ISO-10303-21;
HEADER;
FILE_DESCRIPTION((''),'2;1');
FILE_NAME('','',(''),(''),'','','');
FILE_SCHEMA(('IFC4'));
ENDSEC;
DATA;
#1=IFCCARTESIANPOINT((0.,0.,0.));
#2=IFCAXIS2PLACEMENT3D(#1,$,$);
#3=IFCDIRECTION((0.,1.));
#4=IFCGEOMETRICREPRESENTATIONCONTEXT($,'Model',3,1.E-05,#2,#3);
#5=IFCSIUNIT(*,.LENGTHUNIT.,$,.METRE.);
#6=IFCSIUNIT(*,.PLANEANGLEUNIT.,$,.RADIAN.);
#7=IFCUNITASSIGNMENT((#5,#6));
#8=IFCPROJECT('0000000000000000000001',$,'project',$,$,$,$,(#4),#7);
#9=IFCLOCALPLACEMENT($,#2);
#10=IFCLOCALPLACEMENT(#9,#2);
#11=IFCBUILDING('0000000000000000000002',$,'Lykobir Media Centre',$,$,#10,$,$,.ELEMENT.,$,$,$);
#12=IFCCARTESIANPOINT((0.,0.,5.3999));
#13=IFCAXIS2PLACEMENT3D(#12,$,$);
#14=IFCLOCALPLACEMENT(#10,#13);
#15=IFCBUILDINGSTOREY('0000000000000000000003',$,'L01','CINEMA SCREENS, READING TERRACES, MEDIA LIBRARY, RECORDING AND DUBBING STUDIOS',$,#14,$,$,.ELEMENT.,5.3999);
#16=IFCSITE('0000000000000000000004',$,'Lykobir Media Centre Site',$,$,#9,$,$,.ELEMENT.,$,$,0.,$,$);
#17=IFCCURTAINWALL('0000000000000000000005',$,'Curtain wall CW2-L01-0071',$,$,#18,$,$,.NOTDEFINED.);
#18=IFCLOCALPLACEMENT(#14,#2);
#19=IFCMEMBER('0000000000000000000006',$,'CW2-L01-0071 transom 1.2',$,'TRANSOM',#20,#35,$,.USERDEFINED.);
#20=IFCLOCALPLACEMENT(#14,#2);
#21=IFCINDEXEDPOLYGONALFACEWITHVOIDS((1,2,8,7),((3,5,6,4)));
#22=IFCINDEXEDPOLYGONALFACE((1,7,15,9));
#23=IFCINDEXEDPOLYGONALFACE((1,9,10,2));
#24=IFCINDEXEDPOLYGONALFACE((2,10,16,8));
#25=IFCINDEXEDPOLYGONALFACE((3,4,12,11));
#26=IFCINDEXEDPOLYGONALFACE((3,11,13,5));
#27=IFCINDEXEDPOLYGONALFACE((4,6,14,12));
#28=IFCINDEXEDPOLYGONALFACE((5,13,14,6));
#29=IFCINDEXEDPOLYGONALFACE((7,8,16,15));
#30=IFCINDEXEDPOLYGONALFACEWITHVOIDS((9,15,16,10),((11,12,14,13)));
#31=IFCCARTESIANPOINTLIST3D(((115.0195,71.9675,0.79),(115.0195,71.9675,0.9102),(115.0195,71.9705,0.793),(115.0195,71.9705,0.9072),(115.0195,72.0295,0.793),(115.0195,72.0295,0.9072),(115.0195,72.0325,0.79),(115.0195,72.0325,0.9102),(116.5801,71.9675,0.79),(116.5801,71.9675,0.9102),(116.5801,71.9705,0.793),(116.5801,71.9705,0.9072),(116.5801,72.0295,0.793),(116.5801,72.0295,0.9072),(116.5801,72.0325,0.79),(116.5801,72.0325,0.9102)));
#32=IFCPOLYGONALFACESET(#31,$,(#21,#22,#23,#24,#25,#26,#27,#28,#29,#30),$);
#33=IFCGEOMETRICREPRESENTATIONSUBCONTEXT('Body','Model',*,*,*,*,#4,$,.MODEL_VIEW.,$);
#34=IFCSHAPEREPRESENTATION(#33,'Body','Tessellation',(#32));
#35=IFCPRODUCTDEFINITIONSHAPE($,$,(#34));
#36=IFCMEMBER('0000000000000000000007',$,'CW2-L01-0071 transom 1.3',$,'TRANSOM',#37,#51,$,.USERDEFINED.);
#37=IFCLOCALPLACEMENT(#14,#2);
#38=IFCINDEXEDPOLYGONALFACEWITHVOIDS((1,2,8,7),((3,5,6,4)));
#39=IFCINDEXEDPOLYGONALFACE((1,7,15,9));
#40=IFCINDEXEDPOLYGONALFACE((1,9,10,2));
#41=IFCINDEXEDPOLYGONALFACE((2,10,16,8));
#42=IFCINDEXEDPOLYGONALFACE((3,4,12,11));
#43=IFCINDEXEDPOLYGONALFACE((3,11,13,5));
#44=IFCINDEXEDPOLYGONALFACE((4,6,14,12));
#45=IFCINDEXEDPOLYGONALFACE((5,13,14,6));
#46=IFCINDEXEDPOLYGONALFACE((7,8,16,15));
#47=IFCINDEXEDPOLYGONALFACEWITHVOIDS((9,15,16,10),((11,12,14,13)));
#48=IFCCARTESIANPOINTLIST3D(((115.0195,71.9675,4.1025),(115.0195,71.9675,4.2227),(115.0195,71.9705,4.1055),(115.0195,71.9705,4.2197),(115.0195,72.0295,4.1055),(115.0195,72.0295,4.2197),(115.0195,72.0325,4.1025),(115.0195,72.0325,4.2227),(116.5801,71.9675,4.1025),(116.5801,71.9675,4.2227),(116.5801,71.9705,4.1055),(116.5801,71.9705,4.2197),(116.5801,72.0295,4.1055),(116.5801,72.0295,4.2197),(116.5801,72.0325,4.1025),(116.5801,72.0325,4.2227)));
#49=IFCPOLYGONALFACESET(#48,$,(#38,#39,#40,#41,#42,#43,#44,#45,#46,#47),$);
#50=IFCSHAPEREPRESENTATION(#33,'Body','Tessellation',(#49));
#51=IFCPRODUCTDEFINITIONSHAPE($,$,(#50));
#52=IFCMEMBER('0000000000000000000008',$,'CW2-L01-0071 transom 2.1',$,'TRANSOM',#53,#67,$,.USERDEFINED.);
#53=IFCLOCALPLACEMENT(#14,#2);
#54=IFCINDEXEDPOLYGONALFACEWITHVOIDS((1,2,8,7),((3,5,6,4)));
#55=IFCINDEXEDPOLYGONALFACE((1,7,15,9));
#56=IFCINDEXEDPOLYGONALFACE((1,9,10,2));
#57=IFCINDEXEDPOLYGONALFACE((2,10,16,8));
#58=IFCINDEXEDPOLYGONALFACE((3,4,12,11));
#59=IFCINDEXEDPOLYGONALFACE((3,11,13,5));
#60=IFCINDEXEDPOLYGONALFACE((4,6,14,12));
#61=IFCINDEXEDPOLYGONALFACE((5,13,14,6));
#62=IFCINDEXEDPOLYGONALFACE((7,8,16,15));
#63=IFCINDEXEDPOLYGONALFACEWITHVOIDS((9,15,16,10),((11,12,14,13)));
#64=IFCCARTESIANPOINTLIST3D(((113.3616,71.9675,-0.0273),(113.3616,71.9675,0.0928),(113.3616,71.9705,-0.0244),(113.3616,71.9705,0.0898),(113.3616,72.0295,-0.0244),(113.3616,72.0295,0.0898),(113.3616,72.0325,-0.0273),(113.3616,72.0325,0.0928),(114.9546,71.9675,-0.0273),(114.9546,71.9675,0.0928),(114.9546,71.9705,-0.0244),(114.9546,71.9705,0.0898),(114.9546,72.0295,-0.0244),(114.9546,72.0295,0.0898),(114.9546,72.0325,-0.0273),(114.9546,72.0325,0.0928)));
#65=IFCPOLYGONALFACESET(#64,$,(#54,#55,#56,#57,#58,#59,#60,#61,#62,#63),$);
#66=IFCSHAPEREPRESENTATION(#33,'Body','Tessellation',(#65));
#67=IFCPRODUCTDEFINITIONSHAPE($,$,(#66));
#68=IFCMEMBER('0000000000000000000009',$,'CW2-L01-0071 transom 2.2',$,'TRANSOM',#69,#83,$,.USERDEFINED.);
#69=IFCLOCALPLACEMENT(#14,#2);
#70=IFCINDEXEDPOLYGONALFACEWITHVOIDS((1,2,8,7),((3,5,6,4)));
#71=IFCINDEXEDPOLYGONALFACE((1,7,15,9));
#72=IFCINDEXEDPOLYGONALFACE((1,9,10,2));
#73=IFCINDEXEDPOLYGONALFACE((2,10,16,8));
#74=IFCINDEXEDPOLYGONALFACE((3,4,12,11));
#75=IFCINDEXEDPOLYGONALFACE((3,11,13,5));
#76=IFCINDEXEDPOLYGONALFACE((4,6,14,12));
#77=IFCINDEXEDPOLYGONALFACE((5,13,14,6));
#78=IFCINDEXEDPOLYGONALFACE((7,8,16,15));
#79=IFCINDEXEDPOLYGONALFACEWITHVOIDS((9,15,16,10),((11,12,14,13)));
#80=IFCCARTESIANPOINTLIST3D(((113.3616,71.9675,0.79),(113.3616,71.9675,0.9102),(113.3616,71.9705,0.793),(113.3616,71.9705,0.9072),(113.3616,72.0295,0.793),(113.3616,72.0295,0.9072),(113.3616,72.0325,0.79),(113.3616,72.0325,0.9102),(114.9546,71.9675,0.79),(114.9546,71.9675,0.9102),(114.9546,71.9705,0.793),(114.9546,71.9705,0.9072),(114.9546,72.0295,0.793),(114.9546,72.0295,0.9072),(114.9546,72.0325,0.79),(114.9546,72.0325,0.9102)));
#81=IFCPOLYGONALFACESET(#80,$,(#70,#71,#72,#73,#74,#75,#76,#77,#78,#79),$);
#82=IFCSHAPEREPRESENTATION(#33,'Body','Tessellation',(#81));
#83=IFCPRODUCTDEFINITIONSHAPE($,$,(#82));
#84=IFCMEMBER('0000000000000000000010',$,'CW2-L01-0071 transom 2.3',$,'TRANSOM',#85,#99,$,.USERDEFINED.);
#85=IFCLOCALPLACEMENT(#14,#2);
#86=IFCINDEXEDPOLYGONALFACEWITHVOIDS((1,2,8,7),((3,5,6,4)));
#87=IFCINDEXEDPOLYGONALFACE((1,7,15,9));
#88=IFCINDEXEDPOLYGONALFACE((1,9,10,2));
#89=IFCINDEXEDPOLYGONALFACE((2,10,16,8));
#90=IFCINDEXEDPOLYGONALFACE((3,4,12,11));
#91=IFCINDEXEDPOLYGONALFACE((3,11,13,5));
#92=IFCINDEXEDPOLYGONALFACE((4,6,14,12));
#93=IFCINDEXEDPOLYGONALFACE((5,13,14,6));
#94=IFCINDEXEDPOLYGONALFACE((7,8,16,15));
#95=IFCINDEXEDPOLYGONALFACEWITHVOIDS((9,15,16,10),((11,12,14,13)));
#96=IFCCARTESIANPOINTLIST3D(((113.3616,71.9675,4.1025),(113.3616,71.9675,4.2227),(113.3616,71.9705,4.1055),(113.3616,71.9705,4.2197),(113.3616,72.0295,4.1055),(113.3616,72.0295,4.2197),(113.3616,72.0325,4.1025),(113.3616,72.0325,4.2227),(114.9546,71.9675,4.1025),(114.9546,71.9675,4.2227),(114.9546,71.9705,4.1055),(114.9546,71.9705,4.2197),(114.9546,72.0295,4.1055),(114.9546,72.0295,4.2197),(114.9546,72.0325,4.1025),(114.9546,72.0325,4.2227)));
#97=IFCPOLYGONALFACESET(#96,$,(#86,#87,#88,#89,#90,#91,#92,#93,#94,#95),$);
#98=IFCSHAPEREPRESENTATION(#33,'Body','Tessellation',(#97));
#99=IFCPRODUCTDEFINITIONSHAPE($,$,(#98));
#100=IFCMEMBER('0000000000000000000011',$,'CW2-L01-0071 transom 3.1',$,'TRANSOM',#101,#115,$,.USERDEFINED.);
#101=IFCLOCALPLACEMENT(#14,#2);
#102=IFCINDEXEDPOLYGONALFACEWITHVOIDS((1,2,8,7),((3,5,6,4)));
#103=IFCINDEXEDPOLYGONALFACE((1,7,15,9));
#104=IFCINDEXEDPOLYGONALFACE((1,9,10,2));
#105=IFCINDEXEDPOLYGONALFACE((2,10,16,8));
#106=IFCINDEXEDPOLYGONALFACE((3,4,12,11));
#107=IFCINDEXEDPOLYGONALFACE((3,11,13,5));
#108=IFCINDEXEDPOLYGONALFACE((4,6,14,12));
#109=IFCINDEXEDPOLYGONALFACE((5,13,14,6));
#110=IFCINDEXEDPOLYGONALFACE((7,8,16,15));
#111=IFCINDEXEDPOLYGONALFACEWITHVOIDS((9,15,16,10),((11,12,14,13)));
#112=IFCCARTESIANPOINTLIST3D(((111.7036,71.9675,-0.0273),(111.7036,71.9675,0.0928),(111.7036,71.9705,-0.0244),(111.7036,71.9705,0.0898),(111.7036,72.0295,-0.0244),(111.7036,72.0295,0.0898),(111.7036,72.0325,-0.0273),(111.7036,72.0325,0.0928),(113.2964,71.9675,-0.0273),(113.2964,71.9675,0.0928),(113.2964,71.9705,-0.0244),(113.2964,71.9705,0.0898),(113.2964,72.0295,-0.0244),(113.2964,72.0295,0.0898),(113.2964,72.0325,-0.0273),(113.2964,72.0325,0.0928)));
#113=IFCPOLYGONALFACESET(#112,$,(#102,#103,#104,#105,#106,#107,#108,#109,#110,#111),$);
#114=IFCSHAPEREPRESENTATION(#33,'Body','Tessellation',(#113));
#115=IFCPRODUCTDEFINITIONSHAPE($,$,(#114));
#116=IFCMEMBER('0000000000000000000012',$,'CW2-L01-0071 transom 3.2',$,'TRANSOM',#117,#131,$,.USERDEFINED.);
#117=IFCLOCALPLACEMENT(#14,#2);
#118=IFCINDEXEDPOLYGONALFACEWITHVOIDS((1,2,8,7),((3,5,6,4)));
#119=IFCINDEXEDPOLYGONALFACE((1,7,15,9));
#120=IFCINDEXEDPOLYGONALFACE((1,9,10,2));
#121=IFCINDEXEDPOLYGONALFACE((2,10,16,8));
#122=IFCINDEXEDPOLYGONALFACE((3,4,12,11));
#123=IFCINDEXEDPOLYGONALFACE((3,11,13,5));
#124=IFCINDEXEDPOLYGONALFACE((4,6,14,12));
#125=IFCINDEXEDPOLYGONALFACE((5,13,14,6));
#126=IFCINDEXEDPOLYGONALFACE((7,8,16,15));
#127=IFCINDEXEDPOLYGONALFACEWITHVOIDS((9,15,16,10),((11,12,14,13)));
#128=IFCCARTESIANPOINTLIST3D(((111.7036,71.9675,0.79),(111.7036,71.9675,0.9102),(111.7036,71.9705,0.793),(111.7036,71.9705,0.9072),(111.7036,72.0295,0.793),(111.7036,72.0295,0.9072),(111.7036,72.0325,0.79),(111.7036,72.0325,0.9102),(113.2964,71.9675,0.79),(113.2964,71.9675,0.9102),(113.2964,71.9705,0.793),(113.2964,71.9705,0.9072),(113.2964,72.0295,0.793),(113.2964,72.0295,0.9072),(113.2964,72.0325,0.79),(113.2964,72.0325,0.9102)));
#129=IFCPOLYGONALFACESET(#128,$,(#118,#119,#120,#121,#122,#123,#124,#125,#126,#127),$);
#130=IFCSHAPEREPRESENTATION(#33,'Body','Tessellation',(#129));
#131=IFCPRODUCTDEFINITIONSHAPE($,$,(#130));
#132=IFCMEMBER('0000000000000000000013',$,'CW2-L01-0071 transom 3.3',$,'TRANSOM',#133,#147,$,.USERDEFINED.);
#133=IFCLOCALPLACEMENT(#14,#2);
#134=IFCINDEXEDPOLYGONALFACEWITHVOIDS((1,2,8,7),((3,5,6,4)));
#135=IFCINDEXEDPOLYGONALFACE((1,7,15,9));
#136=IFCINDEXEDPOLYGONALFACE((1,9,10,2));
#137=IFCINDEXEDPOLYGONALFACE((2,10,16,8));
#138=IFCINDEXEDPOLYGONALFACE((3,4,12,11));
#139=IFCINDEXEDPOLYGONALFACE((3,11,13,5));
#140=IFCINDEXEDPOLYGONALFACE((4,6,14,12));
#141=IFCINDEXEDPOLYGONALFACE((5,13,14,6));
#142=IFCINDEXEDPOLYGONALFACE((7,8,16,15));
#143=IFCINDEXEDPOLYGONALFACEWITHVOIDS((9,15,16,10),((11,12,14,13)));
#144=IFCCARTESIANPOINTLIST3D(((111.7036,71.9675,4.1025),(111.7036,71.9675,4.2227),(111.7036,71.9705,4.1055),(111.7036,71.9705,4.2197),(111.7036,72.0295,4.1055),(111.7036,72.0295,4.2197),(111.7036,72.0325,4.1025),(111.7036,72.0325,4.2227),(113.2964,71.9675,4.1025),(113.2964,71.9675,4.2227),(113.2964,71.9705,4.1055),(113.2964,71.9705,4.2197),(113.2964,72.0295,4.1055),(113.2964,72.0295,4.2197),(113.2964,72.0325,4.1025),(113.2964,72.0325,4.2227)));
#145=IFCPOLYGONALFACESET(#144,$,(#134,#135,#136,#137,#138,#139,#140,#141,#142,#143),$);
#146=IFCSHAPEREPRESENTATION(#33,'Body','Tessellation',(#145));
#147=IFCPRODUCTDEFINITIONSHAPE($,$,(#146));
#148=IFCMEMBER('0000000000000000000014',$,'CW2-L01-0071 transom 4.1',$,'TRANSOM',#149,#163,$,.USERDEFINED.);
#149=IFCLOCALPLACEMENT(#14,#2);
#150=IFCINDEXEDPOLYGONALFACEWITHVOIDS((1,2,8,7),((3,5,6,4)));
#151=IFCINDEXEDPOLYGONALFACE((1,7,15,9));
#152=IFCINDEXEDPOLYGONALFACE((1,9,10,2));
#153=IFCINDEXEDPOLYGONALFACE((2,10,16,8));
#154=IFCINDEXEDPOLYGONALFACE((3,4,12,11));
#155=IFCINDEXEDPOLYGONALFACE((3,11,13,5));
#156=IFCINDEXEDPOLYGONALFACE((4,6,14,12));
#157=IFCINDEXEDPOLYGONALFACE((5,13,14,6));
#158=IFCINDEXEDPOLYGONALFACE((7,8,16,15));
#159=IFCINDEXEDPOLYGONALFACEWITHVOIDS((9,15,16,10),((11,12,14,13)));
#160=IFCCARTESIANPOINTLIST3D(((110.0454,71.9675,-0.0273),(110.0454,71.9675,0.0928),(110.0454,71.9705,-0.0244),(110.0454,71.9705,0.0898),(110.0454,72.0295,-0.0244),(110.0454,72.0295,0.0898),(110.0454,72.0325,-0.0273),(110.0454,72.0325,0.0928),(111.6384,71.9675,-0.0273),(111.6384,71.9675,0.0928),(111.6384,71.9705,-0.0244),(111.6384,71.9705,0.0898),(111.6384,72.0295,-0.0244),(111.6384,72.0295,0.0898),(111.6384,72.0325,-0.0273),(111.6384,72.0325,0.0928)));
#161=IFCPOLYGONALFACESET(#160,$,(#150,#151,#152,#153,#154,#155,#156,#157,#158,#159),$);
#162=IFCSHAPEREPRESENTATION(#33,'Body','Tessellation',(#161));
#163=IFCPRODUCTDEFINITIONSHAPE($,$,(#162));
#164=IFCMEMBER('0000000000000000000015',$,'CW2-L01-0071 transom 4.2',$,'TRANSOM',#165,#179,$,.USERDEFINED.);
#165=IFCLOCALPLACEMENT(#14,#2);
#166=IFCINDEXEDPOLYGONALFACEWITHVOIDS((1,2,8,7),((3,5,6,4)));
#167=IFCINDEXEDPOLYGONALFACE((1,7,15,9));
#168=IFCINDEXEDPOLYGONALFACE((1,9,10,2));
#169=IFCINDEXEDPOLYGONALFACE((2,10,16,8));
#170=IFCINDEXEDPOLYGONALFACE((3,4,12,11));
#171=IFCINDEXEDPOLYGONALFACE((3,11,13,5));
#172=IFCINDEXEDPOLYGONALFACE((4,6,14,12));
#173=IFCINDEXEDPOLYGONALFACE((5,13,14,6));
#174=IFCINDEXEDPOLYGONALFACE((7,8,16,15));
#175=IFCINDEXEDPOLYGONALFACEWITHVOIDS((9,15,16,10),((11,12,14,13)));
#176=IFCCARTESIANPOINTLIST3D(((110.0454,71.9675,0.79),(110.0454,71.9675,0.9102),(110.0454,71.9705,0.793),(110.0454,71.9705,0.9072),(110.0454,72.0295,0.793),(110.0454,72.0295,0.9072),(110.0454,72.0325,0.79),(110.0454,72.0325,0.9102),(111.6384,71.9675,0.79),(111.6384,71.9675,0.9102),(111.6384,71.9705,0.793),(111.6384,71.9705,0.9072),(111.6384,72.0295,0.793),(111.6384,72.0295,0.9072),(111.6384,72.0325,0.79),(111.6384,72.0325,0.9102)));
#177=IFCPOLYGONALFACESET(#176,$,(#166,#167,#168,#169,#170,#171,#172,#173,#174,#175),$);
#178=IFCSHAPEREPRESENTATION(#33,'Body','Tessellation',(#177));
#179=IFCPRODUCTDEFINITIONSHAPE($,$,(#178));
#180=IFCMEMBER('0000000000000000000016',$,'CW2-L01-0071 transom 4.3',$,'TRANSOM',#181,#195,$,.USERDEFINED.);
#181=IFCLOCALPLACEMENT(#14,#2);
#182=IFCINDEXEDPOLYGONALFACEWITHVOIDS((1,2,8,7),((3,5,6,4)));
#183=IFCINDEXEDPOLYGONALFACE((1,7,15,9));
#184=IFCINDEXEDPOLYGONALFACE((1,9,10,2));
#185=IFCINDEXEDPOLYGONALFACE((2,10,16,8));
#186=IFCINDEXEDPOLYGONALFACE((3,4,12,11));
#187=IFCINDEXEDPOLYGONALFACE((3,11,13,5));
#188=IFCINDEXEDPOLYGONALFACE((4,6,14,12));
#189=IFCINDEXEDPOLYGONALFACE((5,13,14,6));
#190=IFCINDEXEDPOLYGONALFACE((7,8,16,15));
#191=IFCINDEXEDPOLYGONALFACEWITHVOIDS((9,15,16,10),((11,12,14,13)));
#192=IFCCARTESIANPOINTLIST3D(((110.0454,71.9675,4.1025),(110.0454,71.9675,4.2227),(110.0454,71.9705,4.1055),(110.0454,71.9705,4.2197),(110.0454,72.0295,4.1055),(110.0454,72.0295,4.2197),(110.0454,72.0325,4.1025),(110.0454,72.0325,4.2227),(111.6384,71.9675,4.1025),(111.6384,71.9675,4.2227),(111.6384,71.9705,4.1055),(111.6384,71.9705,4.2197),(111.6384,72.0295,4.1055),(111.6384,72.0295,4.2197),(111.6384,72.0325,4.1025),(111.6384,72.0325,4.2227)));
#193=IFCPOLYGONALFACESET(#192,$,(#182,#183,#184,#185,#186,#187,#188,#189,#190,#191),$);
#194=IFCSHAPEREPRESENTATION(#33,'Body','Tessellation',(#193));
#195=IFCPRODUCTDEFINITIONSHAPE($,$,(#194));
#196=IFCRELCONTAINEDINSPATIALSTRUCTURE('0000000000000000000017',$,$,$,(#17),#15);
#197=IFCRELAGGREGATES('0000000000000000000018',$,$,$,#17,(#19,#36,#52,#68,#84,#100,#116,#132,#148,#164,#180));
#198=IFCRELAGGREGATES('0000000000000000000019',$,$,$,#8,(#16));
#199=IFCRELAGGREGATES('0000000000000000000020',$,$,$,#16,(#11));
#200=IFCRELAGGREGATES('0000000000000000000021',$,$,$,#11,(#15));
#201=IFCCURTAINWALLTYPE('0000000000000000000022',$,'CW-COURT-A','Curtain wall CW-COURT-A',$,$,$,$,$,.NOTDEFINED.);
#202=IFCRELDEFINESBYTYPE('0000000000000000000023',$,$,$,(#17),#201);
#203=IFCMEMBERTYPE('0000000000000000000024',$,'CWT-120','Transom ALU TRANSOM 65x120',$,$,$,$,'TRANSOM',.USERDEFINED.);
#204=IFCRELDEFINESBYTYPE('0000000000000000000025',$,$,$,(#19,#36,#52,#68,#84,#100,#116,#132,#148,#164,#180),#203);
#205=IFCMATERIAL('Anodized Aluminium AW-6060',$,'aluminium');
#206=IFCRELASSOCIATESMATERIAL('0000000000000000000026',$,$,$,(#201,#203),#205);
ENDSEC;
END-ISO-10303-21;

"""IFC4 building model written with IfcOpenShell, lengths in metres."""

from ifc_helpers import new_model, si_unit, direction, frame, origin, origin_2d, place, context, subcontext, project, spatial, hollow_rectangle, extrude, material, material_profile, profile_set, type_object, element, aggregate, save


model = new_model("IFC4")

# Units and contexts
model_context = context("Model", 3, precision=1e-05, world=origin(), true_north=direction((0.0, 1.0)))
body_context = subcontext(model_context, "Body", "Model", "MODEL_VIEW")
ifc_project = project(units=[si_unit("LENGTHUNIT", "METRE"), si_unit("PLANEANGLEUNIT", "RADIAN")], contexts=[model_context])

# Site, building, storey
site_placement = place(None, origin())
site = spatial("IfcSite", under=ifc_project, at=site_placement, Name="Lykobir Media Centre Site", CompositionType="ELEMENT", RefElevation=0.0)
building_placement = place(site_placement, origin())
building = spatial("IfcBuilding", under=site, at=building_placement, Name="Lykobir Media Centre", CompositionType="ELEMENT")
storey_placement = place(building_placement, frame((0.0, 0.0, 5.3999)))
storey = spatial("IfcBuildingStorey", under=building, at=storey_placement, Name="L01", Description="CINEMA SCREENS, READING TERRACES, MEDIA LIBRARY, RECORDING AND DUBBING STUDIOS", CompositionType="ELEMENT", Elevation=5.3999)

# Curtain wall
ifc_material_1 = material(Name="Anodized Aluminium AW-6060", Category="aluminium")
curtain_wall_type = type_object("IfcCurtainWallType", Name="CW-COURT-A", Description="Curtain wall CW-COURT-A", PredefinedType="NOTDEFINED", material=ifc_material_1)
curtain_wall_1_placement = place(storey_placement, origin())
curtain_wall_1 = element("IfcCurtainWall", 1, at=curtain_wall_1_placement, inside=storey, type_object=curtain_wall_type, Name="Curtain wall CW2-L01-0071", PredefinedType="NOTDEFINED")

# Members
ifc_material_profile_1 = material_profile(ifc_material_1, hollow_rectangle(XDim=0.0649, YDim=0.1201, WallThickness=0.0029, at=origin_2d()), Name="ALU TRANSOM 65x120")
ifc_profile_set_1 = profile_set([ifc_material_profile_1], Name="Anodized Aluminium AW-6060")
member_type_1 = type_object("IfcMemberType", Name="CWT-120", Description="Transom ALU TRANSOM 65x120", ElementType="TRANSOM", PredefinedType="USERDEFINED", material=ifc_profile_set_1)
member_1_placement = place(storey_placement, frame((116.5801, 72.0, 0.8501), z_axis=(-1.0, 0.0, 0.0), x_axis=(0.0, -1.0, 0.0)))
member_1 = element("IfcMember", 2, at=member_1_placement, type_object=member_type_1, Name="CW2-L01-0071 transom 1.2", ObjectType="TRANSOM", PredefinedType="USERDEFINED", context=body_context, shape_type="SweptSolid", body=[
    extrude(hollow_rectangle(XDim=0.0649, YDim=0.1201, WallThickness=0.0029, at=origin_2d()), origin(), (0.0, 0.0, 1.0), 1.5605),
])
member_2_placement = place(storey_placement, frame((116.5801, 72.0, 4.1626), z_axis=(-1.0, 0.0, 0.0), x_axis=(0.0, -1.0, 0.0)))
member_2 = element("IfcMember", 3, at=member_2_placement, type_object=member_type_1, Name="CW2-L01-0071 transom 1.3", ObjectType="TRANSOM", PredefinedType="USERDEFINED", context=body_context, shape_type="SweptSolid", body=[
    extrude(hollow_rectangle(XDim=0.0649, YDim=0.1201, WallThickness=0.0029, at=origin_2d()), origin(), (0.0, 0.0, 1.0), 1.5605),
])
member_3_placement = place(storey_placement, frame((114.9546, 72.0, 0.0327), z_axis=(-1.0, 0.0, 0.0), x_axis=(0.0, -1.0, 0.0)))
member_3 = element("IfcMember", 4, at=member_3_placement, type_object=member_type_1, Name="CW2-L01-0071 transom 2.1", ObjectType="TRANSOM", PredefinedType="USERDEFINED", context=body_context, shape_type="SweptSolid", body=[
    extrude(hollow_rectangle(XDim=0.0649, YDim=0.1201, WallThickness=0.0029, at=origin_2d()), origin(), (0.0, 0.0, 1.0), 1.593),
])
member_4_placement = place(storey_placement, frame((114.9546, 72.0, 0.8501), z_axis=(-1.0, 0.0, 0.0), x_axis=(0.0, -1.0, 0.0)))
member_4 = element("IfcMember", 5, at=member_4_placement, type_object=member_type_1, Name="CW2-L01-0071 transom 2.2", ObjectType="TRANSOM", PredefinedType="USERDEFINED", context=body_context, shape_type="SweptSolid", body=[
    extrude(hollow_rectangle(XDim=0.0649, YDim=0.1201, WallThickness=0.0029, at=origin_2d()), origin(), (0.0, 0.0, 1.0), 1.593),
])
member_5_placement = place(storey_placement, frame((114.9546, 72.0, 4.1626), z_axis=(-1.0, 0.0, 0.0), x_axis=(0.0, -1.0, 0.0)))
member_5 = element("IfcMember", 6, at=member_5_placement, type_object=member_type_1, Name="CW2-L01-0071 transom 2.3", ObjectType="TRANSOM", PredefinedType="USERDEFINED", context=body_context, shape_type="SweptSolid", body=[
    extrude(hollow_rectangle(XDim=0.0649, YDim=0.1201, WallThickness=0.0029, at=origin_2d()), origin(), (0.0, 0.0, 1.0), 1.593),
])
member_6_placement = place(storey_placement, frame((113.2964, 72.0, 0.0327), z_axis=(-1.0, 0.0, 0.0), x_axis=(0.0, -1.0, 0.0)))
member_6 = element("IfcMember", 7, at=member_6_placement, type_object=member_type_1, Name="CW2-L01-0071 transom 3.1", ObjectType="TRANSOM", PredefinedType="USERDEFINED", context=body_context, shape_type="SweptSolid", body=[
    extrude(hollow_rectangle(XDim=0.0649, YDim=0.1201, WallThickness=0.0029, at=origin_2d()), origin(), (0.0, 0.0, 1.0), 1.5928),
])
member_7_placement = place(storey_placement, frame((113.2964, 72.0, 0.8501), z_axis=(-1.0, 0.0, 0.0), x_axis=(0.0, -1.0, 0.0)))
member_7 = element("IfcMember", 8, at=member_7_placement, type_object=member_type_1, Name="CW2-L01-0071 transom 3.2", ObjectType="TRANSOM", PredefinedType="USERDEFINED", context=body_context, shape_type="SweptSolid", body=[
    extrude(hollow_rectangle(XDim=0.0649, YDim=0.1201, WallThickness=0.0029, at=origin_2d()), origin(), (0.0, 0.0, 1.0), 1.5928),
])
member_8_placement = place(storey_placement, frame((113.2964, 72.0, 4.1626), z_axis=(-1.0, 0.0, 0.0), x_axis=(0.0, -1.0, 0.0)))
member_8 = element("IfcMember", 9, at=member_8_placement, type_object=member_type_1, Name="CW2-L01-0071 transom 3.3", ObjectType="TRANSOM", PredefinedType="USERDEFINED", context=body_context, shape_type="SweptSolid", body=[
    extrude(hollow_rectangle(XDim=0.0649, YDim=0.1201, WallThickness=0.0029, at=origin_2d()), origin(), (0.0, 0.0, 1.0), 1.5928),
])
member_9_placement = place(storey_placement, frame((111.6384, 72.0, 0.0327), z_axis=(-1.0, 0.0, 0.0), x_axis=(0.0, -1.0, 0.0)))
member_9 = element("IfcMember", 10, at=member_9_placement, type_object=member_type_1, Name="CW2-L01-0071 transom 4.1", ObjectType="TRANSOM", PredefinedType="USERDEFINED", context=body_context, shape_type="SweptSolid", body=[
    extrude(hollow_rectangle(XDim=0.0649, YDim=0.1201, WallThickness=0.0029, at=origin_2d()), origin(), (0.0, 0.0, 1.0), 1.593),
])
member_10_placement = place(storey_placement, frame((111.6384, 72.0, 0.8501), z_axis=(-1.0, 0.0, 0.0), x_axis=(0.0, -1.0, 0.0)))
member_10 = element("IfcMember", 11, at=member_10_placement, type_object=member_type_1, Name="CW2-L01-0071 transom 4.2", ObjectType="TRANSOM", PredefinedType="USERDEFINED", context=body_context, shape_type="SweptSolid", body=[
    extrude(hollow_rectangle(XDim=0.0649, YDim=0.1201, WallThickness=0.0029, at=origin_2d()), origin(), (0.0, 0.0, 1.0), 1.593),
])
member_11_placement = place(storey_placement, frame((111.6384, 72.0, 4.1626), z_axis=(-1.0, 0.0, 0.0), x_axis=(0.0, -1.0, 0.0)))
member_11 = element("IfcMember", 12, at=member_11_placement, type_object=member_type_1, Name="CW2-L01-0071 transom 4.3", ObjectType="TRANSOM", PredefinedType="USERDEFINED", context=body_context, shape_type="SweptSolid", body=[
    extrude(hollow_rectangle(XDim=0.0649, YDim=0.1201, WallThickness=0.0029, at=origin_2d()), origin(), (0.0, 0.0, 1.0), 1.593),
])

aggregate(curtain_wall_1, [member_1, member_2, member_3, member_4, member_5, member_6, member_7, member_8, member_9, member_10, member_11])

save(model, "model.ifc")
